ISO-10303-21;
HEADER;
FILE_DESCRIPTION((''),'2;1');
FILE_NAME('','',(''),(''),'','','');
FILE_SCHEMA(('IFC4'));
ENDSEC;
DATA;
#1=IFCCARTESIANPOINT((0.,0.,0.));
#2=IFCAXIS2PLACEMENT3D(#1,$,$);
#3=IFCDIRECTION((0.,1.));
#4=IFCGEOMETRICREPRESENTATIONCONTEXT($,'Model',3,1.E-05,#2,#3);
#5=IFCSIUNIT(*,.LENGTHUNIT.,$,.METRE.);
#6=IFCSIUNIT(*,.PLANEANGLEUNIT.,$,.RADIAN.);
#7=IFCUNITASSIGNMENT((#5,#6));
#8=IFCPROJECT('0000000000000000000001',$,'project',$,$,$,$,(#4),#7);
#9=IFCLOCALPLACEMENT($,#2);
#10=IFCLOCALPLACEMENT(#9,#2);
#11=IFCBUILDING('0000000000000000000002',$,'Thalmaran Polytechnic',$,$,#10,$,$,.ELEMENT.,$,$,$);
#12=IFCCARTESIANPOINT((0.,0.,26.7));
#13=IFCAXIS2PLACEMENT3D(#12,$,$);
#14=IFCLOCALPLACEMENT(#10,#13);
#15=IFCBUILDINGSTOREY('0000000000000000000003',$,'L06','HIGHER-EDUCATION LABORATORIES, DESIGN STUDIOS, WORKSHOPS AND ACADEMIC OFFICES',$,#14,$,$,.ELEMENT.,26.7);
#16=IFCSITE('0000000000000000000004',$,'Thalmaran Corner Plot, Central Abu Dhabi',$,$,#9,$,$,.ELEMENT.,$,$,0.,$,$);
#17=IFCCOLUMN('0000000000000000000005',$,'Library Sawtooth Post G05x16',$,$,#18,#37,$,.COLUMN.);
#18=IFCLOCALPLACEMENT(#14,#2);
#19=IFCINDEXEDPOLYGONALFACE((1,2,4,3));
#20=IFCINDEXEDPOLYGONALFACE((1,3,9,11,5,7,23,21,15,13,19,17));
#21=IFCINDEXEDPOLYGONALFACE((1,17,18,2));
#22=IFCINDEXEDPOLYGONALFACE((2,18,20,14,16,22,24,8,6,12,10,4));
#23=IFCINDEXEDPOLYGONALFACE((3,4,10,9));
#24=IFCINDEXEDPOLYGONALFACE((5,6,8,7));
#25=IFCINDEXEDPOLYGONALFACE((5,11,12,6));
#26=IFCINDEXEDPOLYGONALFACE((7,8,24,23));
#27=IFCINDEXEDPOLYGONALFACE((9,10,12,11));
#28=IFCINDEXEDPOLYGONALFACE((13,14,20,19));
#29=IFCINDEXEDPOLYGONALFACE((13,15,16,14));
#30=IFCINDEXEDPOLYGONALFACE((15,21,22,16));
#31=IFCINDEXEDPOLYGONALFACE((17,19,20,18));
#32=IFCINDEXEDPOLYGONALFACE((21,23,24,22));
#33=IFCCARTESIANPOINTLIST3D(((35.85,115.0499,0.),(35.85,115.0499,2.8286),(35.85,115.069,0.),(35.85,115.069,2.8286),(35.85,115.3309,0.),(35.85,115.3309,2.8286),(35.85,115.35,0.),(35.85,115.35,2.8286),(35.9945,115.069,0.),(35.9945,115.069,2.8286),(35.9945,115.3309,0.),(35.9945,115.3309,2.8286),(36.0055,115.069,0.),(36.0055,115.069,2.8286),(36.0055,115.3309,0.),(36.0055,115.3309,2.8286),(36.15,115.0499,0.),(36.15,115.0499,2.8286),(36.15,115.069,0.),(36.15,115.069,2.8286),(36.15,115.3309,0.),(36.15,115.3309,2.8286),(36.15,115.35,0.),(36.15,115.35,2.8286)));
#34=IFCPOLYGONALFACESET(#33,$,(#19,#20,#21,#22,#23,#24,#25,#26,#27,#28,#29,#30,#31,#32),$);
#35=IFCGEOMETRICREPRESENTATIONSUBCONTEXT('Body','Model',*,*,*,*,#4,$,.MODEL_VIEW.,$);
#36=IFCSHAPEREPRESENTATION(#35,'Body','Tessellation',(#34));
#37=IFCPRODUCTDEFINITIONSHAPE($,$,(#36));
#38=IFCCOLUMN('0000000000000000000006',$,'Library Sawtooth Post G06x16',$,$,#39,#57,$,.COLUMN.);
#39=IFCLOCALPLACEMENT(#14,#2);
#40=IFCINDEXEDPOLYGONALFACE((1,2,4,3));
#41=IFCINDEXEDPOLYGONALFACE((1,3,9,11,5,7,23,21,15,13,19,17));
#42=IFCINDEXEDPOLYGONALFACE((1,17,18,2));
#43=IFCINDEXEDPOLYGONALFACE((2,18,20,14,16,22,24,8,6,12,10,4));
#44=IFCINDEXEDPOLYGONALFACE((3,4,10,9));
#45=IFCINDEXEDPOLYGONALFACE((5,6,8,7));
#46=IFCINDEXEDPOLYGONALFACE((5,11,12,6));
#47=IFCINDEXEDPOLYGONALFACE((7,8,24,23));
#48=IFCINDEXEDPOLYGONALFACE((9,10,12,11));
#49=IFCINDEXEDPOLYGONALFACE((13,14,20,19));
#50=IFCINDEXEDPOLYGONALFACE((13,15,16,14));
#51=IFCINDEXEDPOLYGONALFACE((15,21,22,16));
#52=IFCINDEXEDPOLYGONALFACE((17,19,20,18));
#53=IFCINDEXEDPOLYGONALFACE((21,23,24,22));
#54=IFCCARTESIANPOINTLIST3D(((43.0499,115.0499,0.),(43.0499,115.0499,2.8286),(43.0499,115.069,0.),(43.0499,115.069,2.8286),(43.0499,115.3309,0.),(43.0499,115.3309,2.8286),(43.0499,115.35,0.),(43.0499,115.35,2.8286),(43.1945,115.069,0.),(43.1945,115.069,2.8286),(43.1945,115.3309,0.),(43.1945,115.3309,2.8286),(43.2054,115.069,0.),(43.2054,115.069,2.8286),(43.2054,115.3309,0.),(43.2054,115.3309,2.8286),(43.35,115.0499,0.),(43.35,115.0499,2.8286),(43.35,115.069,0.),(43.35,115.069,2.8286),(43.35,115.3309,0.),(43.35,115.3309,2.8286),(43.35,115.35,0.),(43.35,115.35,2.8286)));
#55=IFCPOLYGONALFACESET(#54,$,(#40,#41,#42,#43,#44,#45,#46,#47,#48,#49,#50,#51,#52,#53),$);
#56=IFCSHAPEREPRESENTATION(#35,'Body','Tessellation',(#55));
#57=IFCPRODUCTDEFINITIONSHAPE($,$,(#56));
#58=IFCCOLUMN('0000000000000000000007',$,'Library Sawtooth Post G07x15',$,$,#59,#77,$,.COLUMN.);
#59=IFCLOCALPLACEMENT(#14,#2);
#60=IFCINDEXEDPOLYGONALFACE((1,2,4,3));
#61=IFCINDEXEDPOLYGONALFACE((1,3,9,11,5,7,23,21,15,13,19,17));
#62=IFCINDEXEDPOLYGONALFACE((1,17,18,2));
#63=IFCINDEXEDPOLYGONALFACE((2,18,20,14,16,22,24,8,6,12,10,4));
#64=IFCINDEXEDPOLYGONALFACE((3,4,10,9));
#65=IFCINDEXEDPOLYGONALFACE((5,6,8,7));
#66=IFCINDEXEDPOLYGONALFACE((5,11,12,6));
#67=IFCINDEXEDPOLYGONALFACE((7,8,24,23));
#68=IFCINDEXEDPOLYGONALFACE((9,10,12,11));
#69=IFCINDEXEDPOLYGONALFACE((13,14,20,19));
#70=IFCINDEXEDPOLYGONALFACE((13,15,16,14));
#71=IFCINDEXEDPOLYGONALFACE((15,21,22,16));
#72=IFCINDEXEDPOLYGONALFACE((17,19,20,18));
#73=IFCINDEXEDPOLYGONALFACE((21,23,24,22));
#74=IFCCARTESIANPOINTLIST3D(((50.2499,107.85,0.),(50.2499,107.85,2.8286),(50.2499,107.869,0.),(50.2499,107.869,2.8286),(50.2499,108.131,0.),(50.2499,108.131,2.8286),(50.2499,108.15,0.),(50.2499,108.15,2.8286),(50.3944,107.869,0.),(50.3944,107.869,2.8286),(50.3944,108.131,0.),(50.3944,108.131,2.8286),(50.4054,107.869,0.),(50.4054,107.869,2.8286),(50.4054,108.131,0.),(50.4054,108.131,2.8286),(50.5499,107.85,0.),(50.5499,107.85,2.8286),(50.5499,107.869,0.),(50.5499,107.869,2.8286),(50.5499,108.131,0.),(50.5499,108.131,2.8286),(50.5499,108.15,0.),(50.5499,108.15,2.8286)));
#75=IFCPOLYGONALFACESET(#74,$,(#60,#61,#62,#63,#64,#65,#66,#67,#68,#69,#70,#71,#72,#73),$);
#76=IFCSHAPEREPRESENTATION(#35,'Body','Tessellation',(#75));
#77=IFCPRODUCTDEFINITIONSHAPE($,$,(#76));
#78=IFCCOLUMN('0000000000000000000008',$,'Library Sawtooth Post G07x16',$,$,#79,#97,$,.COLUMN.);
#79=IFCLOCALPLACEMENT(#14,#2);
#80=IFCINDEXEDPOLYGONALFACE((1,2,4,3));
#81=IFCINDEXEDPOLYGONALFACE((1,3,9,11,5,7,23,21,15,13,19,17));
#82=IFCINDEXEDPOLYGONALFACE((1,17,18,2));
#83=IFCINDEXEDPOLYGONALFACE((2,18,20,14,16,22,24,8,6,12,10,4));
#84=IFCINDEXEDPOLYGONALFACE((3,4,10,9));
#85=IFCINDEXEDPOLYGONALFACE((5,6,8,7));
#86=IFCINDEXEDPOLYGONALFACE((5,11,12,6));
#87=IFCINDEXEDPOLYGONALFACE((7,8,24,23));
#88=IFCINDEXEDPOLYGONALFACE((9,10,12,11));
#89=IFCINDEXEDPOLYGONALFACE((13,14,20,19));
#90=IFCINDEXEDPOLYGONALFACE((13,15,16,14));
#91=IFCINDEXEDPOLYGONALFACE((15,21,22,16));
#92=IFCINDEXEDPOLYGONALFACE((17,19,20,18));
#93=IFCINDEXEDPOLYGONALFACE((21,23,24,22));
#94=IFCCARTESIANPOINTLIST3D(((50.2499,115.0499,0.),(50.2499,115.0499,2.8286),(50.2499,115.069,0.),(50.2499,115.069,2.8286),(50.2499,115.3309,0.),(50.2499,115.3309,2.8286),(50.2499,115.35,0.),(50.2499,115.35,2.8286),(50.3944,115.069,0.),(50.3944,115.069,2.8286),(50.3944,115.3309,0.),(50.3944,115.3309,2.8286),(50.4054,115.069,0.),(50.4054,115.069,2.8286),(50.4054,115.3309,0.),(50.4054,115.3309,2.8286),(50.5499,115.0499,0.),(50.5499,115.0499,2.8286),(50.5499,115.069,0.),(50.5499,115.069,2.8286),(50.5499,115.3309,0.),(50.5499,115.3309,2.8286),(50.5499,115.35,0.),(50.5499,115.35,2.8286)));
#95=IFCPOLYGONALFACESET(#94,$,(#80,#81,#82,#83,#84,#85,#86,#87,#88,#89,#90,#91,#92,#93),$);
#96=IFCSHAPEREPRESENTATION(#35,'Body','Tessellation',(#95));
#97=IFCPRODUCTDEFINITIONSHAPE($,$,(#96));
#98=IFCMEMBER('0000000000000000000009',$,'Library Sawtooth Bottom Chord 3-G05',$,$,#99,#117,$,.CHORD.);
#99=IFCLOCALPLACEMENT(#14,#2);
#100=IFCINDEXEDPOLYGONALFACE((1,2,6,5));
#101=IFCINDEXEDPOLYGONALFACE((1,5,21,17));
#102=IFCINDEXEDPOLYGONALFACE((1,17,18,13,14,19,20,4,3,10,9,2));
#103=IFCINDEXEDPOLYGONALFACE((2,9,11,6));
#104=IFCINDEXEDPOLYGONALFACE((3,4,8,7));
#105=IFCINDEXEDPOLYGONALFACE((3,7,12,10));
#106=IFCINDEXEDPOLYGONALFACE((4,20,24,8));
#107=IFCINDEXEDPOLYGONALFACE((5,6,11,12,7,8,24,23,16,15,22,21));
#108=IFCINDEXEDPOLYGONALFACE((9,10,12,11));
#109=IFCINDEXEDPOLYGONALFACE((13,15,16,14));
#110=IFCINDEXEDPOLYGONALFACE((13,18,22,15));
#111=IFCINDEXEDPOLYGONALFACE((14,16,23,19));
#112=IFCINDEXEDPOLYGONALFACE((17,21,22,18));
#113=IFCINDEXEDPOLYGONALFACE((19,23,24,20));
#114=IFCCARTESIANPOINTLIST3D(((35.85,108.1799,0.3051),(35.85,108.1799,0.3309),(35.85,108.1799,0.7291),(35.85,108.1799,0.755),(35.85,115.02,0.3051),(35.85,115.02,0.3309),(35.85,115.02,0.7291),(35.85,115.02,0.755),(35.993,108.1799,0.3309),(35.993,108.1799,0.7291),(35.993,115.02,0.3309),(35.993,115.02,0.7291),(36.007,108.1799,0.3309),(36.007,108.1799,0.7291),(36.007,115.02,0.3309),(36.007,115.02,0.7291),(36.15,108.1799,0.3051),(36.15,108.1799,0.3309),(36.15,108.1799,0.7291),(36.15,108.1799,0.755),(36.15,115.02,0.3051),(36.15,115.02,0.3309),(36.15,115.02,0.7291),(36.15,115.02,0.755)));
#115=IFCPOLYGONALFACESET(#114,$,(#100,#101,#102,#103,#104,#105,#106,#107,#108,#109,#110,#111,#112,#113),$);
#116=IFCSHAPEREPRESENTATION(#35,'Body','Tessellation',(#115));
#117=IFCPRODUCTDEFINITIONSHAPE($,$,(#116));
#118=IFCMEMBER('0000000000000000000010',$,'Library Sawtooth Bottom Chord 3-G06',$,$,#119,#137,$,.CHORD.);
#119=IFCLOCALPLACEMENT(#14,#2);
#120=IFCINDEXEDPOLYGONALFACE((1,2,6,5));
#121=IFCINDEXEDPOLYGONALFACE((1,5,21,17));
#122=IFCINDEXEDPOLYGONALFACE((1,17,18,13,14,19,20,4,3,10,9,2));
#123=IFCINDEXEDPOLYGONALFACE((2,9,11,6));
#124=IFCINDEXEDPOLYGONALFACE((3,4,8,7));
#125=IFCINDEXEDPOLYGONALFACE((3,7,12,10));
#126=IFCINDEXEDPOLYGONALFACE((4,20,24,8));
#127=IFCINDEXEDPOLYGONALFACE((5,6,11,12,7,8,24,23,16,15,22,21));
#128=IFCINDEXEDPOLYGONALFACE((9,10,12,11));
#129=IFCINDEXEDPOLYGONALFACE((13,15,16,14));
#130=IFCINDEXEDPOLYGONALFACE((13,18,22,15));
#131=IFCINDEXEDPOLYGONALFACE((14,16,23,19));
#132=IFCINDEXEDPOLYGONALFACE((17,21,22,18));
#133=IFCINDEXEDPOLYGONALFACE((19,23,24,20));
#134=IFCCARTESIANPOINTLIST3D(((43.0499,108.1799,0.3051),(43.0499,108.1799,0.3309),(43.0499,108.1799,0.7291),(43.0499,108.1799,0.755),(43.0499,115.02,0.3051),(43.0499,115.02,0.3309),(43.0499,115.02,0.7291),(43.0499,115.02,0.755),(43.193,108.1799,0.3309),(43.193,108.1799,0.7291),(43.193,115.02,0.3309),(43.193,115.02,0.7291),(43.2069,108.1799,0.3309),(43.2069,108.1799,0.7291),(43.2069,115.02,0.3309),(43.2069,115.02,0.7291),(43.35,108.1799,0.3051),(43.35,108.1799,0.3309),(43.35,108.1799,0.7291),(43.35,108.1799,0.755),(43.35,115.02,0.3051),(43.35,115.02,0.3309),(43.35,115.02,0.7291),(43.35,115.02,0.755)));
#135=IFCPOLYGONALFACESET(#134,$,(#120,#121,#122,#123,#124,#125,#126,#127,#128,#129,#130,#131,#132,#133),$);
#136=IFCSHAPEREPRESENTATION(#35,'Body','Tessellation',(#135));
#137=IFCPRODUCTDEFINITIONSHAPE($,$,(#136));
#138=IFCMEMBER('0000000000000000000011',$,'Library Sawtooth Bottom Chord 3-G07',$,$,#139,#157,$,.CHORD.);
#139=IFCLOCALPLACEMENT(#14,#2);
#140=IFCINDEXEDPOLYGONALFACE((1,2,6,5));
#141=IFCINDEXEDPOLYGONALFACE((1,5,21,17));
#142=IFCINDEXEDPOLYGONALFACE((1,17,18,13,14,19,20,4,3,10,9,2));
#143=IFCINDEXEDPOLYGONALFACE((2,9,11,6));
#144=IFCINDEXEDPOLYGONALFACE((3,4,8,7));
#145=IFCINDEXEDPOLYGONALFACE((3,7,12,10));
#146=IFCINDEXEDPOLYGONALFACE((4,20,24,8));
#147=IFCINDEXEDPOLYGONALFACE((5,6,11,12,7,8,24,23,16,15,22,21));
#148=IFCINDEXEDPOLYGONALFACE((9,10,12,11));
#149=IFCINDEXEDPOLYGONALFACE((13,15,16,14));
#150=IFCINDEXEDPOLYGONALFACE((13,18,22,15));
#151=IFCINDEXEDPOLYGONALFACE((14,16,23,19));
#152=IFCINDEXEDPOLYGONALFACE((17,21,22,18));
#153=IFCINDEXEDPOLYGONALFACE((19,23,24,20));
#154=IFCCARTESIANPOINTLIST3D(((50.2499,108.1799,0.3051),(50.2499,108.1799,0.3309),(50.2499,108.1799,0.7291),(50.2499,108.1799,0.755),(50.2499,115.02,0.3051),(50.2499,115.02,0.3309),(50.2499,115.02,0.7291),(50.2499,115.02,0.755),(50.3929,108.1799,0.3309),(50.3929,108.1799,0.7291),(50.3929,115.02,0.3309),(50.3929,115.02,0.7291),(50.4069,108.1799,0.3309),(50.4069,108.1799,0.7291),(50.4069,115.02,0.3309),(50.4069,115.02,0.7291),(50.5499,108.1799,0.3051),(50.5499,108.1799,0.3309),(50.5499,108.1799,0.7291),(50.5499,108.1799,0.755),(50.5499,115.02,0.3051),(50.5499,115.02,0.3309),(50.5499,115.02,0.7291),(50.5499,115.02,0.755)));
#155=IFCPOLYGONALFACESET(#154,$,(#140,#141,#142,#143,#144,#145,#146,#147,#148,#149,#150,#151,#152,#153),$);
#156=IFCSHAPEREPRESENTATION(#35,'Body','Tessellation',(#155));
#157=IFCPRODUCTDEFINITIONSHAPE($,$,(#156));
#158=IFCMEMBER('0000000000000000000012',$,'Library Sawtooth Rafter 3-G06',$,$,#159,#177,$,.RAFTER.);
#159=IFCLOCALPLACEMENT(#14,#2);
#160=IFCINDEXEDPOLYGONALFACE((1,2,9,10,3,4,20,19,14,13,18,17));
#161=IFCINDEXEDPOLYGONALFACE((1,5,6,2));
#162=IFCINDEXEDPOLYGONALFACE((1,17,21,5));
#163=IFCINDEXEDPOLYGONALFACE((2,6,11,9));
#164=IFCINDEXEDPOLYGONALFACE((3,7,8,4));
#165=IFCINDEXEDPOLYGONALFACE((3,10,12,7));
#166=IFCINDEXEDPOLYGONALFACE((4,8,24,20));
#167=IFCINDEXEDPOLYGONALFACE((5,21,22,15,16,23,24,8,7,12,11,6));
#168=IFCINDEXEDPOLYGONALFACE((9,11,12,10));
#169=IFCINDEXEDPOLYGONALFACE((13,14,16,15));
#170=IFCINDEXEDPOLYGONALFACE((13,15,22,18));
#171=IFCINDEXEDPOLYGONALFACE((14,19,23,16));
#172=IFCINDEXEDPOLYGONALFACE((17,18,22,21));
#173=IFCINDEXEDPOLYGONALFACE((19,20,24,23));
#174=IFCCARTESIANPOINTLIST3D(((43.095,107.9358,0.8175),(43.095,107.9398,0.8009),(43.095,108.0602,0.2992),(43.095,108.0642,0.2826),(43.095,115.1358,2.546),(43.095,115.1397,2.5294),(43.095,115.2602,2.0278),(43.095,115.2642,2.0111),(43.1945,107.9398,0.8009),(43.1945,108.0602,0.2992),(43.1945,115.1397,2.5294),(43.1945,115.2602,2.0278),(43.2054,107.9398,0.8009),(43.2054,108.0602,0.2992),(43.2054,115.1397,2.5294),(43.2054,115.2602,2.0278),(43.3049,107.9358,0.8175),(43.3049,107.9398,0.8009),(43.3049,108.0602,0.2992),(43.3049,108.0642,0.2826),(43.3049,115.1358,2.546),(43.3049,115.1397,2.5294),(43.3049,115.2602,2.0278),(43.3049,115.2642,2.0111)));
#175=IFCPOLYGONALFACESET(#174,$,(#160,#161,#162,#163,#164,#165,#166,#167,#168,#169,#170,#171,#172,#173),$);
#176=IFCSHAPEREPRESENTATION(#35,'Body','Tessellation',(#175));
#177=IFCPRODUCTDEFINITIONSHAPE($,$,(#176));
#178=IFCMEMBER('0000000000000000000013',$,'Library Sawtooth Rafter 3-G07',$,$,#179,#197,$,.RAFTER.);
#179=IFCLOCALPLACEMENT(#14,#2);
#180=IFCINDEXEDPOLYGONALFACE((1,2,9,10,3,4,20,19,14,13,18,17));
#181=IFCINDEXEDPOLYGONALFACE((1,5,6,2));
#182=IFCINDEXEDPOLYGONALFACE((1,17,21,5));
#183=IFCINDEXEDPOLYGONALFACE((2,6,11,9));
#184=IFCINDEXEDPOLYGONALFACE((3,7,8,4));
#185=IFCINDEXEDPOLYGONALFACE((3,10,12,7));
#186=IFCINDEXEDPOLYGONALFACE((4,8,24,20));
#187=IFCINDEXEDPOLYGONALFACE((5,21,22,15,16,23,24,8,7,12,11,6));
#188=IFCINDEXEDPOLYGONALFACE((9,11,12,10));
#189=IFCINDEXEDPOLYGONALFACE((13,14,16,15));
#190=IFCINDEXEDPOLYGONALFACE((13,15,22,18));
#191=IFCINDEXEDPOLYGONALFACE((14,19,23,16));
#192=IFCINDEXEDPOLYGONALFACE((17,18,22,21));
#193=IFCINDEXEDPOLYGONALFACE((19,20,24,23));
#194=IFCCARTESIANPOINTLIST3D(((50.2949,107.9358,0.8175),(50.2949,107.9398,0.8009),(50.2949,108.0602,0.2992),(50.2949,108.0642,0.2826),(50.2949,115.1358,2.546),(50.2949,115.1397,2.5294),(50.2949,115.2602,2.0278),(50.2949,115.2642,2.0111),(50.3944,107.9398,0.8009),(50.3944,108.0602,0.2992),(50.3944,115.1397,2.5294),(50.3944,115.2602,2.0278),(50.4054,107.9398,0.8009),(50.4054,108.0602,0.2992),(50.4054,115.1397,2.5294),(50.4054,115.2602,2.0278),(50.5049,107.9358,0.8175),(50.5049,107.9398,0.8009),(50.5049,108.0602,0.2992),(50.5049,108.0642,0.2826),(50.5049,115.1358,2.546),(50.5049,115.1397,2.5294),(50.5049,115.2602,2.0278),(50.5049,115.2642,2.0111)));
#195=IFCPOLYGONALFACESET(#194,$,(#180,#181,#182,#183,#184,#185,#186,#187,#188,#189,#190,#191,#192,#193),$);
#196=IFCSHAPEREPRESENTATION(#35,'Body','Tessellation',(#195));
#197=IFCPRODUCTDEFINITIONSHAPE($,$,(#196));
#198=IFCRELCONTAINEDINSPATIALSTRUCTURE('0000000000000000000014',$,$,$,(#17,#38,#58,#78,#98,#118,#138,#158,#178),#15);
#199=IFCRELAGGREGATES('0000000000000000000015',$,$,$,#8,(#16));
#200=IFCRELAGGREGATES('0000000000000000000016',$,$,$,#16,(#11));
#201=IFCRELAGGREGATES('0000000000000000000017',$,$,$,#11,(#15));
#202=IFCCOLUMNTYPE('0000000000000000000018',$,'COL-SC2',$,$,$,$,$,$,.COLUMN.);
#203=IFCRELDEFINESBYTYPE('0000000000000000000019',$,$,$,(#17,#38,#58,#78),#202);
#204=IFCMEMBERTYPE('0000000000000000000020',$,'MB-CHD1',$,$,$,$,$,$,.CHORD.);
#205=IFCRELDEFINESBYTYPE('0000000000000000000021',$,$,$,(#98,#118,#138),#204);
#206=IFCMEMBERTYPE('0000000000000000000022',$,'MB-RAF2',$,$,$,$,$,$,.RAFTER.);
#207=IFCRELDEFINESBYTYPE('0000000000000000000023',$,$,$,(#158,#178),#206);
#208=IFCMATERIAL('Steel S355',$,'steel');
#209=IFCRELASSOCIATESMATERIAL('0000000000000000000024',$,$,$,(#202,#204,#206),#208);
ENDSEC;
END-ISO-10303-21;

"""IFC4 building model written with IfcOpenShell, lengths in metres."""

from ifc_helpers import new_model, si_unit, direction, frame, origin, origin_2d, place, context, subcontext, project, spatial, i_section, extrude, material, material_profile, profile_set, type_object, element, save


model = new_model("IFC4")

# Units and contexts
model_context = context("Model", 3, precision=1e-05, world=origin(), true_north=direction((0.0, 1.0)))
body_context = subcontext(model_context, "Body", "Model", "MODEL_VIEW")
ifc_project = project(units=[si_unit("LENGTHUNIT", "METRE"), si_unit("PLANEANGLEUNIT", "RADIAN")], contexts=[model_context])

# Site, building, storey
site_placement = place(None, origin())
site = spatial("IfcSite", under=ifc_project, at=site_placement, Name="Thalmaran Corner Plot, Central Abu Dhabi", CompositionType="ELEMENT", RefElevation=0.0)
building_placement = place(site_placement, origin())
building = spatial("IfcBuilding", under=site, at=building_placement, Name="Thalmaran Polytechnic", CompositionType="ELEMENT")
storey_placement = place(building_placement, frame((0.0, 0.0, 26.7)))
storey = spatial("IfcBuildingStorey", under=building, at=storey_placement, Name="L06", Description="HIGHER-EDUCATION LABORATORIES, DESIGN STUDIOS, WORKSHOPS AND ACADEMIC OFFICES", CompositionType="ELEMENT", Elevation=26.7)

# Columns
ifc_material_1 = material(Name="Steel S355", Category="steel")
ifc_material_profile_1 = material_profile(ifc_material_1, i_section(OverallWidth=0.3, OverallDepth=0.3, WebThickness=0.011, FlangeThickness=0.019, at=origin_2d()), Name="HEB 300")
ifc_profile_set_1 = profile_set([ifc_material_profile_1], Name="Steel S355")
column_type = type_object("IfcColumnType", Name="COL-SC2", PredefinedType="COLUMN", material=ifc_profile_set_1)
for number, where, z_axis, x_axis, name in (
    (1, (36.0, 115.2, 0.0), (0.0, 0.0, 1.0), (1.0, 0.0, 0.0), "Library Sawtooth Post G05x16"),
    (2, (43.2, 115.2, 0.0), (0.0, 0.0, 1.0), (1.0, 0.0, 0.0), "Library Sawtooth Post G06x16"),
    (3, (50.3999, 108.0, 0.0), (0.0, 0.0, 1.0), (1.0, 0.0, 0.0), "Library Sawtooth Post G07x15"),
    (4, (50.3999, 115.2, 0.0), (0.0, 0.0, 1.0), (1.0, 0.0, 0.0), "Library Sawtooth Post G07x16"),
):
    element("IfcColumn", number, at=place(storey_placement, frame(where, z_axis=z_axis, x_axis=x_axis)), inside=storey, type_object=column_type, Name=name, PredefinedType="COLUMN", context=body_context, shape_type="SweptSolid", body=[
        extrude(i_section(OverallWidth=0.3, OverallDepth=0.3, WebThickness=0.011, FlangeThickness=0.019, at=origin_2d()), origin(), (0.0, 0.0, 1.0), 2.8286),
    ])

# Members
ifc_material_profile_2 = material_profile(ifc_material_1, i_section(OverallWidth=0.3, OverallDepth=0.45, WebThickness=0.0139, FlangeThickness=0.0259, at=origin_2d()), Name="HEB 450")
ifc_profile_set_2 = profile_set([ifc_material_profile_2], Name="Steel S355")
member_type_1 = type_object("IfcMemberType", Name="MB-CHD1", PredefinedType="CHORD", material=ifc_profile_set_2)
for number, where, z_axis, x_axis, name in (
    (5, (36.0, 108.1799, 0.53), (0.0, 1.0, 0.0), (-1.0, 0.0, 0.0), "Library Sawtooth Bottom Chord 3-G05"),
    (6, (43.2, 108.1799, 0.53), (0.0, 1.0, 0.0), (-1.0, 0.0, 0.0), "Library Sawtooth Bottom Chord 3-G06"),
    (7, (50.3999, 108.1799, 0.53), (0.0, 1.0, 0.0), (-1.0, 0.0, 0.0), "Library Sawtooth Bottom Chord 3-G07"),
):
    element("IfcMember", number, at=place(storey_placement, frame(where, z_axis=z_axis, x_axis=x_axis)), inside=storey, type_object=member_type_1, Name=name, PredefinedType="CHORD", context=body_context, shape_type="SweptSolid", body=[
        extrude(i_section(OverallWidth=0.3, OverallDepth=0.45, WebThickness=0.0139, FlangeThickness=0.0259, at=origin_2d()), origin(), (0.0, 0.0, 1.0), 6.8401),
    ])
ifc_material_profile_3 = material_profile(ifc_material_1, i_section(OverallWidth=0.21, OverallDepth=0.55, WebThickness=0.011, FlangeThickness=0.0171, at=origin_2d()), Name="IPE 550")
ifc_profile_set_3 = profile_set([ifc_material_profile_3], Name="Steel S355")
member_type_2 = type_object("IfcMemberType", Name="MB-RAF2", PredefinedType="RAFTER", material=ifc_profile_set_3)
for number, where, z_axis, x_axis, name in (
    (8, (43.2, 108.0, 0.55), (0.0, 0.972371, 0.23344), (-1.0, 0.0, 0.0), "Library Sawtooth Rafter 3-G06"),
    (9, (50.3999, 108.0, 0.55), (0.0, 0.972371, 0.23344), (-1.0, 0.0, 0.0), "Library Sawtooth Rafter 3-G07"),
):
    element("IfcMember", number, at=place(storey_placement, frame(where, z_axis=z_axis, x_axis=x_axis)), inside=storey, type_object=member_type_2, Name=name, PredefinedType="RAFTER", context=body_context, shape_type="SweptSolid", body=[
        extrude(i_section(OverallWidth=0.21, OverallDepth=0.55, WebThickness=0.011, FlangeThickness=0.0171, at=origin_2d()), origin(), (0.0, 0.0, 1.0), 7.4045),
    ])

save(model, "model.ifc")
